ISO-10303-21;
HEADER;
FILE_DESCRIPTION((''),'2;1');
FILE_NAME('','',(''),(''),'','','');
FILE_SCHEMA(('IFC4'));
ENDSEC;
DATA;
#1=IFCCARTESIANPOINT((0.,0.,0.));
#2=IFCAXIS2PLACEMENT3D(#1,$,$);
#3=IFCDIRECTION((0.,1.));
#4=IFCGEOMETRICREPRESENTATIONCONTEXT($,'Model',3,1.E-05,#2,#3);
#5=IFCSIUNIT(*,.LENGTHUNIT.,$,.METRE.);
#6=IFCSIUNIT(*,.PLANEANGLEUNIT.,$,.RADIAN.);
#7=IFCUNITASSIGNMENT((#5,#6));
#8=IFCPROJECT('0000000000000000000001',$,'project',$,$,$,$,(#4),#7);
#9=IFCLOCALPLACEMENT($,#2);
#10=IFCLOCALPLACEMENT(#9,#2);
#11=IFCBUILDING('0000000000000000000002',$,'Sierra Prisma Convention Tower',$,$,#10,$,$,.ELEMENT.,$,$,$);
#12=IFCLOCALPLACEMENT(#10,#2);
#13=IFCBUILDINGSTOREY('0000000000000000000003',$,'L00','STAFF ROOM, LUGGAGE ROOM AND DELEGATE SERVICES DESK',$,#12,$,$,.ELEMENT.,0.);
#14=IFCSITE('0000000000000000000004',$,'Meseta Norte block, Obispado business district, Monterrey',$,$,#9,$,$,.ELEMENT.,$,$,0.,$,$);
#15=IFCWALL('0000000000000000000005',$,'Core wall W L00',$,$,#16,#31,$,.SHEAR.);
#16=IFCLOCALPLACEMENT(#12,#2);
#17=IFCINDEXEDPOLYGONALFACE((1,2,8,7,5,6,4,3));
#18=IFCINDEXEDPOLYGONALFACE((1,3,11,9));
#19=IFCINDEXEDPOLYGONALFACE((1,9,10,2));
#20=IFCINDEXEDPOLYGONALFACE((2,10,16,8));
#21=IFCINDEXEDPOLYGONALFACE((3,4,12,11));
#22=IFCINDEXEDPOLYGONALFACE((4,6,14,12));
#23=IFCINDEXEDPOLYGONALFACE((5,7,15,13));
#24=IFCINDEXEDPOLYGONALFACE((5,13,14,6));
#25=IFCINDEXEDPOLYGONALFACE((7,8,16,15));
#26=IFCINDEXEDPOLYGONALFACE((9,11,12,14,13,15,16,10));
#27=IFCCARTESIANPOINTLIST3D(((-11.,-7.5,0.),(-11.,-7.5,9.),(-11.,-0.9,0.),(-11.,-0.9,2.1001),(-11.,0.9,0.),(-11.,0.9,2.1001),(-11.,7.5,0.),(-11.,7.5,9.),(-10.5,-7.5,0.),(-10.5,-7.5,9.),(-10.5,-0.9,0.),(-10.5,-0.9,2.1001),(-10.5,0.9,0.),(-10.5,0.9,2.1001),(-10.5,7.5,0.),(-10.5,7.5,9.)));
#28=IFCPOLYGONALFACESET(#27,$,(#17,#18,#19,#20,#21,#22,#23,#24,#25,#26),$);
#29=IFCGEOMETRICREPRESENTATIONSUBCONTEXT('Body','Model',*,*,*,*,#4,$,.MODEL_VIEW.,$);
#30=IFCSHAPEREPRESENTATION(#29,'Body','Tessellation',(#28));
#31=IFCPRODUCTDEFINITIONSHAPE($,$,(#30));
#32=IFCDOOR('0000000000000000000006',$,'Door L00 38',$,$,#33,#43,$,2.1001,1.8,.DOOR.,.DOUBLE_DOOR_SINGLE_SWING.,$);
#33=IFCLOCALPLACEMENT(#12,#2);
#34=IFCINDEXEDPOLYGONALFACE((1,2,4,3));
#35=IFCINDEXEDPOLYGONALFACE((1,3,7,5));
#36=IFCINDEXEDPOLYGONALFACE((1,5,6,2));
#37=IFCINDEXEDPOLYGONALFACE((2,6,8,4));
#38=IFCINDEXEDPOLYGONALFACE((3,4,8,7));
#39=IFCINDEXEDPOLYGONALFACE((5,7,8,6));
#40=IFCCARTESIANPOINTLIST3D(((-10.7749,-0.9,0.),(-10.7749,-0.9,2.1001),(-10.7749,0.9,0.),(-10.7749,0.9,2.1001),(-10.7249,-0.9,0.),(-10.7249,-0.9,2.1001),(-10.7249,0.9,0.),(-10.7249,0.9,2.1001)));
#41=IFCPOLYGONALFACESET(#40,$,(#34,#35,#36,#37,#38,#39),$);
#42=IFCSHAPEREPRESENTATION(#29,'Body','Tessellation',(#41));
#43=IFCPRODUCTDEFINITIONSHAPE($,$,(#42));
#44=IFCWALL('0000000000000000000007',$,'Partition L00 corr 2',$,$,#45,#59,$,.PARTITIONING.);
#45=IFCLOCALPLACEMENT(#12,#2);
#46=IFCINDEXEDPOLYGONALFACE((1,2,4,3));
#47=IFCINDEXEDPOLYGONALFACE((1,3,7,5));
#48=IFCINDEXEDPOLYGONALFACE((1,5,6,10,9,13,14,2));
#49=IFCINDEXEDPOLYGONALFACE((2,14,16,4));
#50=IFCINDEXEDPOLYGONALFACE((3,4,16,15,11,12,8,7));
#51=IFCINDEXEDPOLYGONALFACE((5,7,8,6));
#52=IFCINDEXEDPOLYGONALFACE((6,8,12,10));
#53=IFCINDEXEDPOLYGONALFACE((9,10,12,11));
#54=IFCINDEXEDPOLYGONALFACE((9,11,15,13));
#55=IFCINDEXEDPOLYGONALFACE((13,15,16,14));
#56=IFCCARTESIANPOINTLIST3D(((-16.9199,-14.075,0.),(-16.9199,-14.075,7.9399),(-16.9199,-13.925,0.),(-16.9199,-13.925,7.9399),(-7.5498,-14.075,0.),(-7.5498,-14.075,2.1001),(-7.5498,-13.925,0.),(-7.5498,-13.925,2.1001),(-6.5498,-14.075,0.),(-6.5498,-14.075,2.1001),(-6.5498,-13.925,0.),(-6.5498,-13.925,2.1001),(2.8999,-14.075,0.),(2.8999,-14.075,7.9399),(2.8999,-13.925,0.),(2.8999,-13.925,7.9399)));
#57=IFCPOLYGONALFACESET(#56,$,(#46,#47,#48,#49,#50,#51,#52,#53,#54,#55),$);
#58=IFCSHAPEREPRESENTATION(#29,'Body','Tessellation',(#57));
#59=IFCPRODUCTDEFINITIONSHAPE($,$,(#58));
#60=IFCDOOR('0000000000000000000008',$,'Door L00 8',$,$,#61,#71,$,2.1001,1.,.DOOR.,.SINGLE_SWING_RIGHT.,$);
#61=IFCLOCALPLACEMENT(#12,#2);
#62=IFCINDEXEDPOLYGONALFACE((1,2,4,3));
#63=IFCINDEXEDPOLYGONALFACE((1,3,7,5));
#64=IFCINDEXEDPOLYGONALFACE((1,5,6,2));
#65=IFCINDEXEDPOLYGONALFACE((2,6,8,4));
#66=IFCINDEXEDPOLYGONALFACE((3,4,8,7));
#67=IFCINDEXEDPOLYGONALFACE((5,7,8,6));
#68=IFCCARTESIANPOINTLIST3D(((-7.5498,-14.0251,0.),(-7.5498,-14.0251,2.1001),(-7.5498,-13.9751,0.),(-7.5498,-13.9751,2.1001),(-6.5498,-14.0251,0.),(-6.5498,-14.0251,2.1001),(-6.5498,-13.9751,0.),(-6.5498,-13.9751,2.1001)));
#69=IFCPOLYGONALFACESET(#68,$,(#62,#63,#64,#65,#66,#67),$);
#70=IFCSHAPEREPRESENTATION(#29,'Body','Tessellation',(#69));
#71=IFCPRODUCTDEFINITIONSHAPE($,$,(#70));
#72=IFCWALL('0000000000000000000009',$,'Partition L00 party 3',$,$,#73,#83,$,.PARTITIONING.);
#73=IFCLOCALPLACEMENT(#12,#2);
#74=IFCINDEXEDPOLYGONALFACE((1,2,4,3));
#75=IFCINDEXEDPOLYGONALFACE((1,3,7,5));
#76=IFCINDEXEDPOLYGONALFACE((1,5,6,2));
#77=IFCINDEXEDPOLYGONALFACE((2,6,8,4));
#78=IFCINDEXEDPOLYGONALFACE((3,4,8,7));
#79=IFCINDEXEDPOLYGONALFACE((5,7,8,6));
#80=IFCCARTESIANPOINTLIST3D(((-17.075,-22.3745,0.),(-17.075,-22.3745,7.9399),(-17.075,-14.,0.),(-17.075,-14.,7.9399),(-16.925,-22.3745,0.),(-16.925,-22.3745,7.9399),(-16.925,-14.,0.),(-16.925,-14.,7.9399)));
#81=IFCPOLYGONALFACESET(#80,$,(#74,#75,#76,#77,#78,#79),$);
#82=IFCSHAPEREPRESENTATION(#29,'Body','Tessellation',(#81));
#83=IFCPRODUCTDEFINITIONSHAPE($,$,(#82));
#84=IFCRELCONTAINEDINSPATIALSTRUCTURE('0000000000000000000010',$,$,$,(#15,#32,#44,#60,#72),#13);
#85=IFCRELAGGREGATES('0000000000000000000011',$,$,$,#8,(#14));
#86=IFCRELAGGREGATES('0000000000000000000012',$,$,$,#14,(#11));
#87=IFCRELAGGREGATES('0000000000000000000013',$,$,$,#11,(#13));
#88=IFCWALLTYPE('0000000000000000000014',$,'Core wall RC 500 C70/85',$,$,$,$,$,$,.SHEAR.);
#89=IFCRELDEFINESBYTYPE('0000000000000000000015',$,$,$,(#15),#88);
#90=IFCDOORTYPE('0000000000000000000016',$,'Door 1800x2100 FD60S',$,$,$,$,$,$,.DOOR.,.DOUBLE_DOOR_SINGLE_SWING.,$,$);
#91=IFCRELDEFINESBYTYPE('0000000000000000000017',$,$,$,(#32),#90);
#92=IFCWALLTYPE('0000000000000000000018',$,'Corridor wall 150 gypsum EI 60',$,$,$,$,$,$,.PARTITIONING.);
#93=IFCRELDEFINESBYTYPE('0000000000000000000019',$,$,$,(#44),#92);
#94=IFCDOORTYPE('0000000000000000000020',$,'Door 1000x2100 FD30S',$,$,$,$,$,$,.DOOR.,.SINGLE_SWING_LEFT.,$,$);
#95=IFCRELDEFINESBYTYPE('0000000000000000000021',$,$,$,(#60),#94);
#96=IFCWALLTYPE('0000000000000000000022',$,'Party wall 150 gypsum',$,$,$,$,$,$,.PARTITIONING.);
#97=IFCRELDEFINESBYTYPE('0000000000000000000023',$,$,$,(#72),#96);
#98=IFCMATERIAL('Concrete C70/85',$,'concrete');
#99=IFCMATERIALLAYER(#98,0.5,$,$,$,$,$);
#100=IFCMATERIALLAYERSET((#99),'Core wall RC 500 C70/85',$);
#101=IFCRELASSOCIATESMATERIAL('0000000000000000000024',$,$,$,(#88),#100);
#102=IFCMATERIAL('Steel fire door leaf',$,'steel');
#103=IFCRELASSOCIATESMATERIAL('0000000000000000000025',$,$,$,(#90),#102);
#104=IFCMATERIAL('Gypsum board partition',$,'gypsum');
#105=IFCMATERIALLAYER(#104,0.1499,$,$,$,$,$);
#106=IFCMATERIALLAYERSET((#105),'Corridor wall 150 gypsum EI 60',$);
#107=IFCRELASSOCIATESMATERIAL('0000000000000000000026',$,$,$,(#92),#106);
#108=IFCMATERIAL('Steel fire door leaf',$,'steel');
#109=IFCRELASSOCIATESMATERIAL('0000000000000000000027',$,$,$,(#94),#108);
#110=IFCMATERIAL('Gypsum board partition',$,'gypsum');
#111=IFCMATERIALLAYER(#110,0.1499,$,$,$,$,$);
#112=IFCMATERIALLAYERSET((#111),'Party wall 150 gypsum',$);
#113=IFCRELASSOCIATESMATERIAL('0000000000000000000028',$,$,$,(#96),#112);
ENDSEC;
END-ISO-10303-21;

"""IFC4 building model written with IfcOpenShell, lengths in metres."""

from ifc_helpers import new_model, si_unit, direction, frame, frame_2d, origin, place, context, subcontext, project, spatial, rectangle, extrude, material, layer, layer_set, type_object, element, fill, save


model = new_model("IFC4")

# Units and contexts
model_context = context("Model", 3, precision=1e-05, world=origin(), true_north=direction((0.0, 1.0)))
body_context = subcontext(model_context, "Body", "Model", "MODEL_VIEW")
ifc_project = project(units=[si_unit("LENGTHUNIT", "METRE"), si_unit("PLANEANGLEUNIT", "RADIAN")], contexts=[model_context])

# Site, building, storey
site_placement = place(None, origin())
site = spatial("IfcSite", under=ifc_project, at=site_placement, Name="Meseta Norte block, Obispado business district, Monterrey", CompositionType="ELEMENT", RefElevation=0.0)
building_placement = place(site_placement, origin())
building = spatial("IfcBuilding", under=site, at=building_placement, Name="Sierra Prisma Convention Tower", CompositionType="ELEMENT")
storey_placement = place(building_placement, origin())
storey = spatial("IfcBuildingStorey", under=building, at=storey_placement, Name="L00", Description="STAFF ROOM, LUGGAGE ROOM AND DELEGATE SERVICES DESK", CompositionType="ELEMENT", Elevation=0.0)

# Walls, openings, doors
ifc_material_1 = material(Name="Concrete C70/85", Category="concrete")
ifc_layer_1 = layer(ifc_material_1, 0.5)
ifc_layer_set_1 = layer_set([ifc_layer_1], Name="Core wall RC 500 C70/85")
wall_type_1 = type_object("IfcWallType", Name="Core wall RC 500 C70/85", PredefinedType="SHEAR", material=ifc_layer_set_1)
wall_1_placement = place(storey_placement, frame((-10.75, -7.5, 0.0), z_axis=(0.0, 0.0, 1.0), x_axis=(0.0, 1.0, 0.0)))
wall_1 = element("IfcWall", 1, at=wall_1_placement, inside=storey, type_object=wall_type_1, Name="Core wall W L00", PredefinedType="SHEAR", context=body_context, shape_type="SweptSolid", body=[
    extrude(rectangle(XDim=15.0, YDim=0.5, at=frame_2d((7.5, 0.0))), origin(), (0.0, 0.0, 1.0), 9.0),
])
opening_1_placement = place(wall_1_placement, frame((6.6001, 0.0, 0.0)))
opening_1 = element("IfcOpeningElement", 2, at=opening_1_placement, cuts=wall_1, PredefinedType="OPENING", context=body_context, shape_type="SweptSolid", body=[
    extrude(rectangle(XDim=1.8, YDim=2.1001, at=frame_2d((0.8999, 1.05))), frame((0.0, 0.25, 0.0), z_axis=(0.0, -1.0, 0.0), x_axis=(1.0, 0.0, 0.0)), (0.0, 0.0, 1.0), 0.5),
])
ifc_material_2 = material(Name="Steel fire door leaf", Category="steel")
door_type_1 = type_object("IfcDoorType", Name="Door 1800x2100 FD60S", OperationType="DOUBLE_DOOR_SINGLE_SWING", PredefinedType="DOOR", material=ifc_material_2)
door_1_placement = place(opening_1_placement, origin())
door_1 = element("IfcDoor", 3, at=door_1_placement, inside=storey, type_object=door_type_1, Name="Door L00 38", OperationType="DOUBLE_DOOR_SINGLE_SWING", OverallHeight=2.1001, OverallWidth=1.8, PredefinedType="DOOR", context=body_context, shape_type="SweptSolid", body=[
    extrude(rectangle(XDim=1.8, YDim=2.1001, at=frame_2d((0.8999, 1.05))), frame((0.0, 0.0249, 0.0), z_axis=(0.0, -1.0, 0.0), x_axis=(1.0, 0.0, 0.0)), (0.0, 0.0, 1.0), 0.05),
])
fill(opening_1, door_1)
ifc_material_3 = material(Name="Gypsum board partition", Category="gypsum")
ifc_layer_2 = layer(ifc_material_3, 0.1499)
ifc_layer_set_2 = layer_set([ifc_layer_2], Name="Corridor wall 150 gypsum EI 60")
wall_type_2 = type_object("IfcWallType", Name="Corridor wall 150 gypsum EI 60", PredefinedType="PARTITIONING", material=ifc_layer_set_2)
wall_2_placement = place(storey_placement, frame((-16.9199, -14.0, 0.0), z_axis=(0.0, 0.0, 1.0), x_axis=(1.0, 0.0, 0.0)))
wall_2 = element("IfcWall", 4, at=wall_2_placement, inside=storey, type_object=wall_type_2, Name="Partition L00 corr 2", PredefinedType="PARTITIONING", context=body_context, shape_type="SweptSolid", body=[
    extrude(rectangle(XDim=19.8198, YDim=0.1499, at=frame_2d((9.9099, 0.0))), origin(), (0.0, 0.0, 1.0), 7.9399),
])
opening_2_placement = place(wall_2_placement, frame((9.3701, 0.0, 0.0)))
opening_2 = element("IfcOpeningElement", 5, at=opening_2_placement, cuts=wall_2, PredefinedType="OPENING", context=body_context, shape_type="SweptSolid", body=[
    extrude(rectangle(XDim=1.0, YDim=2.1001, at=frame_2d((0.5, 1.05))), frame((0.0, 0.075, 0.0), z_axis=(0.0, -1.0, 0.0), x_axis=(1.0, 0.0, 0.0)), (0.0, 0.0, 1.0), 0.1499),
])
ifc_material_4 = material(Name="Steel fire door leaf", Category="steel")
door_type_2 = type_object("IfcDoorType", Name="Door 1000x2100 FD30S", OperationType="SINGLE_SWING_LEFT", PredefinedType="DOOR", material=ifc_material_4)
door_2_placement = place(opening_2_placement, origin())
door_2 = element("IfcDoor", 6, at=door_2_placement, inside=storey, type_object=door_type_2, Name="Door L00 8", OperationType="SINGLE_SWING_RIGHT", OverallHeight=2.1001, OverallWidth=1.0, PredefinedType="DOOR", context=body_context, shape_type="SweptSolid", body=[
    extrude(rectangle(XDim=1.0, YDim=2.1001, at=frame_2d((0.5, 1.05))), frame((0.0, 0.0249, 0.0), z_axis=(0.0, -1.0, 0.0), x_axis=(1.0, 0.0, 0.0)), (0.0, 0.0, 1.0), 0.05),
])
fill(opening_2, door_2)

# Wall
ifc_material_5 = material(Name="Gypsum board partition", Category="gypsum")
ifc_layer_3 = layer(ifc_material_5, 0.1499)
ifc_layer_set_3 = layer_set([ifc_layer_3], Name="Party wall 150 gypsum")
wall_type_3 = type_object("IfcWallType", Name="Party wall 150 gypsum", PredefinedType="PARTITIONING", material=ifc_layer_set_3)
wall_3_placement = place(storey_placement, frame((-17.0, -14.0, 0.0), z_axis=(0.0, 0.0, 1.0), x_axis=(0.0, -1.0, 0.0)))
element("IfcWall", 7, at=wall_3_placement, inside=storey, type_object=wall_type_3, Name="Partition L00 party 3", PredefinedType="PARTITIONING", context=body_context, shape_type="SweptSolid", body=[
    extrude(rectangle(XDim=8.3745, YDim=0.1499, at=frame_2d((4.1873, 0.0))), origin(), (0.0, 0.0, 1.0), 7.9399),
])

save(model, "model.ifc")
